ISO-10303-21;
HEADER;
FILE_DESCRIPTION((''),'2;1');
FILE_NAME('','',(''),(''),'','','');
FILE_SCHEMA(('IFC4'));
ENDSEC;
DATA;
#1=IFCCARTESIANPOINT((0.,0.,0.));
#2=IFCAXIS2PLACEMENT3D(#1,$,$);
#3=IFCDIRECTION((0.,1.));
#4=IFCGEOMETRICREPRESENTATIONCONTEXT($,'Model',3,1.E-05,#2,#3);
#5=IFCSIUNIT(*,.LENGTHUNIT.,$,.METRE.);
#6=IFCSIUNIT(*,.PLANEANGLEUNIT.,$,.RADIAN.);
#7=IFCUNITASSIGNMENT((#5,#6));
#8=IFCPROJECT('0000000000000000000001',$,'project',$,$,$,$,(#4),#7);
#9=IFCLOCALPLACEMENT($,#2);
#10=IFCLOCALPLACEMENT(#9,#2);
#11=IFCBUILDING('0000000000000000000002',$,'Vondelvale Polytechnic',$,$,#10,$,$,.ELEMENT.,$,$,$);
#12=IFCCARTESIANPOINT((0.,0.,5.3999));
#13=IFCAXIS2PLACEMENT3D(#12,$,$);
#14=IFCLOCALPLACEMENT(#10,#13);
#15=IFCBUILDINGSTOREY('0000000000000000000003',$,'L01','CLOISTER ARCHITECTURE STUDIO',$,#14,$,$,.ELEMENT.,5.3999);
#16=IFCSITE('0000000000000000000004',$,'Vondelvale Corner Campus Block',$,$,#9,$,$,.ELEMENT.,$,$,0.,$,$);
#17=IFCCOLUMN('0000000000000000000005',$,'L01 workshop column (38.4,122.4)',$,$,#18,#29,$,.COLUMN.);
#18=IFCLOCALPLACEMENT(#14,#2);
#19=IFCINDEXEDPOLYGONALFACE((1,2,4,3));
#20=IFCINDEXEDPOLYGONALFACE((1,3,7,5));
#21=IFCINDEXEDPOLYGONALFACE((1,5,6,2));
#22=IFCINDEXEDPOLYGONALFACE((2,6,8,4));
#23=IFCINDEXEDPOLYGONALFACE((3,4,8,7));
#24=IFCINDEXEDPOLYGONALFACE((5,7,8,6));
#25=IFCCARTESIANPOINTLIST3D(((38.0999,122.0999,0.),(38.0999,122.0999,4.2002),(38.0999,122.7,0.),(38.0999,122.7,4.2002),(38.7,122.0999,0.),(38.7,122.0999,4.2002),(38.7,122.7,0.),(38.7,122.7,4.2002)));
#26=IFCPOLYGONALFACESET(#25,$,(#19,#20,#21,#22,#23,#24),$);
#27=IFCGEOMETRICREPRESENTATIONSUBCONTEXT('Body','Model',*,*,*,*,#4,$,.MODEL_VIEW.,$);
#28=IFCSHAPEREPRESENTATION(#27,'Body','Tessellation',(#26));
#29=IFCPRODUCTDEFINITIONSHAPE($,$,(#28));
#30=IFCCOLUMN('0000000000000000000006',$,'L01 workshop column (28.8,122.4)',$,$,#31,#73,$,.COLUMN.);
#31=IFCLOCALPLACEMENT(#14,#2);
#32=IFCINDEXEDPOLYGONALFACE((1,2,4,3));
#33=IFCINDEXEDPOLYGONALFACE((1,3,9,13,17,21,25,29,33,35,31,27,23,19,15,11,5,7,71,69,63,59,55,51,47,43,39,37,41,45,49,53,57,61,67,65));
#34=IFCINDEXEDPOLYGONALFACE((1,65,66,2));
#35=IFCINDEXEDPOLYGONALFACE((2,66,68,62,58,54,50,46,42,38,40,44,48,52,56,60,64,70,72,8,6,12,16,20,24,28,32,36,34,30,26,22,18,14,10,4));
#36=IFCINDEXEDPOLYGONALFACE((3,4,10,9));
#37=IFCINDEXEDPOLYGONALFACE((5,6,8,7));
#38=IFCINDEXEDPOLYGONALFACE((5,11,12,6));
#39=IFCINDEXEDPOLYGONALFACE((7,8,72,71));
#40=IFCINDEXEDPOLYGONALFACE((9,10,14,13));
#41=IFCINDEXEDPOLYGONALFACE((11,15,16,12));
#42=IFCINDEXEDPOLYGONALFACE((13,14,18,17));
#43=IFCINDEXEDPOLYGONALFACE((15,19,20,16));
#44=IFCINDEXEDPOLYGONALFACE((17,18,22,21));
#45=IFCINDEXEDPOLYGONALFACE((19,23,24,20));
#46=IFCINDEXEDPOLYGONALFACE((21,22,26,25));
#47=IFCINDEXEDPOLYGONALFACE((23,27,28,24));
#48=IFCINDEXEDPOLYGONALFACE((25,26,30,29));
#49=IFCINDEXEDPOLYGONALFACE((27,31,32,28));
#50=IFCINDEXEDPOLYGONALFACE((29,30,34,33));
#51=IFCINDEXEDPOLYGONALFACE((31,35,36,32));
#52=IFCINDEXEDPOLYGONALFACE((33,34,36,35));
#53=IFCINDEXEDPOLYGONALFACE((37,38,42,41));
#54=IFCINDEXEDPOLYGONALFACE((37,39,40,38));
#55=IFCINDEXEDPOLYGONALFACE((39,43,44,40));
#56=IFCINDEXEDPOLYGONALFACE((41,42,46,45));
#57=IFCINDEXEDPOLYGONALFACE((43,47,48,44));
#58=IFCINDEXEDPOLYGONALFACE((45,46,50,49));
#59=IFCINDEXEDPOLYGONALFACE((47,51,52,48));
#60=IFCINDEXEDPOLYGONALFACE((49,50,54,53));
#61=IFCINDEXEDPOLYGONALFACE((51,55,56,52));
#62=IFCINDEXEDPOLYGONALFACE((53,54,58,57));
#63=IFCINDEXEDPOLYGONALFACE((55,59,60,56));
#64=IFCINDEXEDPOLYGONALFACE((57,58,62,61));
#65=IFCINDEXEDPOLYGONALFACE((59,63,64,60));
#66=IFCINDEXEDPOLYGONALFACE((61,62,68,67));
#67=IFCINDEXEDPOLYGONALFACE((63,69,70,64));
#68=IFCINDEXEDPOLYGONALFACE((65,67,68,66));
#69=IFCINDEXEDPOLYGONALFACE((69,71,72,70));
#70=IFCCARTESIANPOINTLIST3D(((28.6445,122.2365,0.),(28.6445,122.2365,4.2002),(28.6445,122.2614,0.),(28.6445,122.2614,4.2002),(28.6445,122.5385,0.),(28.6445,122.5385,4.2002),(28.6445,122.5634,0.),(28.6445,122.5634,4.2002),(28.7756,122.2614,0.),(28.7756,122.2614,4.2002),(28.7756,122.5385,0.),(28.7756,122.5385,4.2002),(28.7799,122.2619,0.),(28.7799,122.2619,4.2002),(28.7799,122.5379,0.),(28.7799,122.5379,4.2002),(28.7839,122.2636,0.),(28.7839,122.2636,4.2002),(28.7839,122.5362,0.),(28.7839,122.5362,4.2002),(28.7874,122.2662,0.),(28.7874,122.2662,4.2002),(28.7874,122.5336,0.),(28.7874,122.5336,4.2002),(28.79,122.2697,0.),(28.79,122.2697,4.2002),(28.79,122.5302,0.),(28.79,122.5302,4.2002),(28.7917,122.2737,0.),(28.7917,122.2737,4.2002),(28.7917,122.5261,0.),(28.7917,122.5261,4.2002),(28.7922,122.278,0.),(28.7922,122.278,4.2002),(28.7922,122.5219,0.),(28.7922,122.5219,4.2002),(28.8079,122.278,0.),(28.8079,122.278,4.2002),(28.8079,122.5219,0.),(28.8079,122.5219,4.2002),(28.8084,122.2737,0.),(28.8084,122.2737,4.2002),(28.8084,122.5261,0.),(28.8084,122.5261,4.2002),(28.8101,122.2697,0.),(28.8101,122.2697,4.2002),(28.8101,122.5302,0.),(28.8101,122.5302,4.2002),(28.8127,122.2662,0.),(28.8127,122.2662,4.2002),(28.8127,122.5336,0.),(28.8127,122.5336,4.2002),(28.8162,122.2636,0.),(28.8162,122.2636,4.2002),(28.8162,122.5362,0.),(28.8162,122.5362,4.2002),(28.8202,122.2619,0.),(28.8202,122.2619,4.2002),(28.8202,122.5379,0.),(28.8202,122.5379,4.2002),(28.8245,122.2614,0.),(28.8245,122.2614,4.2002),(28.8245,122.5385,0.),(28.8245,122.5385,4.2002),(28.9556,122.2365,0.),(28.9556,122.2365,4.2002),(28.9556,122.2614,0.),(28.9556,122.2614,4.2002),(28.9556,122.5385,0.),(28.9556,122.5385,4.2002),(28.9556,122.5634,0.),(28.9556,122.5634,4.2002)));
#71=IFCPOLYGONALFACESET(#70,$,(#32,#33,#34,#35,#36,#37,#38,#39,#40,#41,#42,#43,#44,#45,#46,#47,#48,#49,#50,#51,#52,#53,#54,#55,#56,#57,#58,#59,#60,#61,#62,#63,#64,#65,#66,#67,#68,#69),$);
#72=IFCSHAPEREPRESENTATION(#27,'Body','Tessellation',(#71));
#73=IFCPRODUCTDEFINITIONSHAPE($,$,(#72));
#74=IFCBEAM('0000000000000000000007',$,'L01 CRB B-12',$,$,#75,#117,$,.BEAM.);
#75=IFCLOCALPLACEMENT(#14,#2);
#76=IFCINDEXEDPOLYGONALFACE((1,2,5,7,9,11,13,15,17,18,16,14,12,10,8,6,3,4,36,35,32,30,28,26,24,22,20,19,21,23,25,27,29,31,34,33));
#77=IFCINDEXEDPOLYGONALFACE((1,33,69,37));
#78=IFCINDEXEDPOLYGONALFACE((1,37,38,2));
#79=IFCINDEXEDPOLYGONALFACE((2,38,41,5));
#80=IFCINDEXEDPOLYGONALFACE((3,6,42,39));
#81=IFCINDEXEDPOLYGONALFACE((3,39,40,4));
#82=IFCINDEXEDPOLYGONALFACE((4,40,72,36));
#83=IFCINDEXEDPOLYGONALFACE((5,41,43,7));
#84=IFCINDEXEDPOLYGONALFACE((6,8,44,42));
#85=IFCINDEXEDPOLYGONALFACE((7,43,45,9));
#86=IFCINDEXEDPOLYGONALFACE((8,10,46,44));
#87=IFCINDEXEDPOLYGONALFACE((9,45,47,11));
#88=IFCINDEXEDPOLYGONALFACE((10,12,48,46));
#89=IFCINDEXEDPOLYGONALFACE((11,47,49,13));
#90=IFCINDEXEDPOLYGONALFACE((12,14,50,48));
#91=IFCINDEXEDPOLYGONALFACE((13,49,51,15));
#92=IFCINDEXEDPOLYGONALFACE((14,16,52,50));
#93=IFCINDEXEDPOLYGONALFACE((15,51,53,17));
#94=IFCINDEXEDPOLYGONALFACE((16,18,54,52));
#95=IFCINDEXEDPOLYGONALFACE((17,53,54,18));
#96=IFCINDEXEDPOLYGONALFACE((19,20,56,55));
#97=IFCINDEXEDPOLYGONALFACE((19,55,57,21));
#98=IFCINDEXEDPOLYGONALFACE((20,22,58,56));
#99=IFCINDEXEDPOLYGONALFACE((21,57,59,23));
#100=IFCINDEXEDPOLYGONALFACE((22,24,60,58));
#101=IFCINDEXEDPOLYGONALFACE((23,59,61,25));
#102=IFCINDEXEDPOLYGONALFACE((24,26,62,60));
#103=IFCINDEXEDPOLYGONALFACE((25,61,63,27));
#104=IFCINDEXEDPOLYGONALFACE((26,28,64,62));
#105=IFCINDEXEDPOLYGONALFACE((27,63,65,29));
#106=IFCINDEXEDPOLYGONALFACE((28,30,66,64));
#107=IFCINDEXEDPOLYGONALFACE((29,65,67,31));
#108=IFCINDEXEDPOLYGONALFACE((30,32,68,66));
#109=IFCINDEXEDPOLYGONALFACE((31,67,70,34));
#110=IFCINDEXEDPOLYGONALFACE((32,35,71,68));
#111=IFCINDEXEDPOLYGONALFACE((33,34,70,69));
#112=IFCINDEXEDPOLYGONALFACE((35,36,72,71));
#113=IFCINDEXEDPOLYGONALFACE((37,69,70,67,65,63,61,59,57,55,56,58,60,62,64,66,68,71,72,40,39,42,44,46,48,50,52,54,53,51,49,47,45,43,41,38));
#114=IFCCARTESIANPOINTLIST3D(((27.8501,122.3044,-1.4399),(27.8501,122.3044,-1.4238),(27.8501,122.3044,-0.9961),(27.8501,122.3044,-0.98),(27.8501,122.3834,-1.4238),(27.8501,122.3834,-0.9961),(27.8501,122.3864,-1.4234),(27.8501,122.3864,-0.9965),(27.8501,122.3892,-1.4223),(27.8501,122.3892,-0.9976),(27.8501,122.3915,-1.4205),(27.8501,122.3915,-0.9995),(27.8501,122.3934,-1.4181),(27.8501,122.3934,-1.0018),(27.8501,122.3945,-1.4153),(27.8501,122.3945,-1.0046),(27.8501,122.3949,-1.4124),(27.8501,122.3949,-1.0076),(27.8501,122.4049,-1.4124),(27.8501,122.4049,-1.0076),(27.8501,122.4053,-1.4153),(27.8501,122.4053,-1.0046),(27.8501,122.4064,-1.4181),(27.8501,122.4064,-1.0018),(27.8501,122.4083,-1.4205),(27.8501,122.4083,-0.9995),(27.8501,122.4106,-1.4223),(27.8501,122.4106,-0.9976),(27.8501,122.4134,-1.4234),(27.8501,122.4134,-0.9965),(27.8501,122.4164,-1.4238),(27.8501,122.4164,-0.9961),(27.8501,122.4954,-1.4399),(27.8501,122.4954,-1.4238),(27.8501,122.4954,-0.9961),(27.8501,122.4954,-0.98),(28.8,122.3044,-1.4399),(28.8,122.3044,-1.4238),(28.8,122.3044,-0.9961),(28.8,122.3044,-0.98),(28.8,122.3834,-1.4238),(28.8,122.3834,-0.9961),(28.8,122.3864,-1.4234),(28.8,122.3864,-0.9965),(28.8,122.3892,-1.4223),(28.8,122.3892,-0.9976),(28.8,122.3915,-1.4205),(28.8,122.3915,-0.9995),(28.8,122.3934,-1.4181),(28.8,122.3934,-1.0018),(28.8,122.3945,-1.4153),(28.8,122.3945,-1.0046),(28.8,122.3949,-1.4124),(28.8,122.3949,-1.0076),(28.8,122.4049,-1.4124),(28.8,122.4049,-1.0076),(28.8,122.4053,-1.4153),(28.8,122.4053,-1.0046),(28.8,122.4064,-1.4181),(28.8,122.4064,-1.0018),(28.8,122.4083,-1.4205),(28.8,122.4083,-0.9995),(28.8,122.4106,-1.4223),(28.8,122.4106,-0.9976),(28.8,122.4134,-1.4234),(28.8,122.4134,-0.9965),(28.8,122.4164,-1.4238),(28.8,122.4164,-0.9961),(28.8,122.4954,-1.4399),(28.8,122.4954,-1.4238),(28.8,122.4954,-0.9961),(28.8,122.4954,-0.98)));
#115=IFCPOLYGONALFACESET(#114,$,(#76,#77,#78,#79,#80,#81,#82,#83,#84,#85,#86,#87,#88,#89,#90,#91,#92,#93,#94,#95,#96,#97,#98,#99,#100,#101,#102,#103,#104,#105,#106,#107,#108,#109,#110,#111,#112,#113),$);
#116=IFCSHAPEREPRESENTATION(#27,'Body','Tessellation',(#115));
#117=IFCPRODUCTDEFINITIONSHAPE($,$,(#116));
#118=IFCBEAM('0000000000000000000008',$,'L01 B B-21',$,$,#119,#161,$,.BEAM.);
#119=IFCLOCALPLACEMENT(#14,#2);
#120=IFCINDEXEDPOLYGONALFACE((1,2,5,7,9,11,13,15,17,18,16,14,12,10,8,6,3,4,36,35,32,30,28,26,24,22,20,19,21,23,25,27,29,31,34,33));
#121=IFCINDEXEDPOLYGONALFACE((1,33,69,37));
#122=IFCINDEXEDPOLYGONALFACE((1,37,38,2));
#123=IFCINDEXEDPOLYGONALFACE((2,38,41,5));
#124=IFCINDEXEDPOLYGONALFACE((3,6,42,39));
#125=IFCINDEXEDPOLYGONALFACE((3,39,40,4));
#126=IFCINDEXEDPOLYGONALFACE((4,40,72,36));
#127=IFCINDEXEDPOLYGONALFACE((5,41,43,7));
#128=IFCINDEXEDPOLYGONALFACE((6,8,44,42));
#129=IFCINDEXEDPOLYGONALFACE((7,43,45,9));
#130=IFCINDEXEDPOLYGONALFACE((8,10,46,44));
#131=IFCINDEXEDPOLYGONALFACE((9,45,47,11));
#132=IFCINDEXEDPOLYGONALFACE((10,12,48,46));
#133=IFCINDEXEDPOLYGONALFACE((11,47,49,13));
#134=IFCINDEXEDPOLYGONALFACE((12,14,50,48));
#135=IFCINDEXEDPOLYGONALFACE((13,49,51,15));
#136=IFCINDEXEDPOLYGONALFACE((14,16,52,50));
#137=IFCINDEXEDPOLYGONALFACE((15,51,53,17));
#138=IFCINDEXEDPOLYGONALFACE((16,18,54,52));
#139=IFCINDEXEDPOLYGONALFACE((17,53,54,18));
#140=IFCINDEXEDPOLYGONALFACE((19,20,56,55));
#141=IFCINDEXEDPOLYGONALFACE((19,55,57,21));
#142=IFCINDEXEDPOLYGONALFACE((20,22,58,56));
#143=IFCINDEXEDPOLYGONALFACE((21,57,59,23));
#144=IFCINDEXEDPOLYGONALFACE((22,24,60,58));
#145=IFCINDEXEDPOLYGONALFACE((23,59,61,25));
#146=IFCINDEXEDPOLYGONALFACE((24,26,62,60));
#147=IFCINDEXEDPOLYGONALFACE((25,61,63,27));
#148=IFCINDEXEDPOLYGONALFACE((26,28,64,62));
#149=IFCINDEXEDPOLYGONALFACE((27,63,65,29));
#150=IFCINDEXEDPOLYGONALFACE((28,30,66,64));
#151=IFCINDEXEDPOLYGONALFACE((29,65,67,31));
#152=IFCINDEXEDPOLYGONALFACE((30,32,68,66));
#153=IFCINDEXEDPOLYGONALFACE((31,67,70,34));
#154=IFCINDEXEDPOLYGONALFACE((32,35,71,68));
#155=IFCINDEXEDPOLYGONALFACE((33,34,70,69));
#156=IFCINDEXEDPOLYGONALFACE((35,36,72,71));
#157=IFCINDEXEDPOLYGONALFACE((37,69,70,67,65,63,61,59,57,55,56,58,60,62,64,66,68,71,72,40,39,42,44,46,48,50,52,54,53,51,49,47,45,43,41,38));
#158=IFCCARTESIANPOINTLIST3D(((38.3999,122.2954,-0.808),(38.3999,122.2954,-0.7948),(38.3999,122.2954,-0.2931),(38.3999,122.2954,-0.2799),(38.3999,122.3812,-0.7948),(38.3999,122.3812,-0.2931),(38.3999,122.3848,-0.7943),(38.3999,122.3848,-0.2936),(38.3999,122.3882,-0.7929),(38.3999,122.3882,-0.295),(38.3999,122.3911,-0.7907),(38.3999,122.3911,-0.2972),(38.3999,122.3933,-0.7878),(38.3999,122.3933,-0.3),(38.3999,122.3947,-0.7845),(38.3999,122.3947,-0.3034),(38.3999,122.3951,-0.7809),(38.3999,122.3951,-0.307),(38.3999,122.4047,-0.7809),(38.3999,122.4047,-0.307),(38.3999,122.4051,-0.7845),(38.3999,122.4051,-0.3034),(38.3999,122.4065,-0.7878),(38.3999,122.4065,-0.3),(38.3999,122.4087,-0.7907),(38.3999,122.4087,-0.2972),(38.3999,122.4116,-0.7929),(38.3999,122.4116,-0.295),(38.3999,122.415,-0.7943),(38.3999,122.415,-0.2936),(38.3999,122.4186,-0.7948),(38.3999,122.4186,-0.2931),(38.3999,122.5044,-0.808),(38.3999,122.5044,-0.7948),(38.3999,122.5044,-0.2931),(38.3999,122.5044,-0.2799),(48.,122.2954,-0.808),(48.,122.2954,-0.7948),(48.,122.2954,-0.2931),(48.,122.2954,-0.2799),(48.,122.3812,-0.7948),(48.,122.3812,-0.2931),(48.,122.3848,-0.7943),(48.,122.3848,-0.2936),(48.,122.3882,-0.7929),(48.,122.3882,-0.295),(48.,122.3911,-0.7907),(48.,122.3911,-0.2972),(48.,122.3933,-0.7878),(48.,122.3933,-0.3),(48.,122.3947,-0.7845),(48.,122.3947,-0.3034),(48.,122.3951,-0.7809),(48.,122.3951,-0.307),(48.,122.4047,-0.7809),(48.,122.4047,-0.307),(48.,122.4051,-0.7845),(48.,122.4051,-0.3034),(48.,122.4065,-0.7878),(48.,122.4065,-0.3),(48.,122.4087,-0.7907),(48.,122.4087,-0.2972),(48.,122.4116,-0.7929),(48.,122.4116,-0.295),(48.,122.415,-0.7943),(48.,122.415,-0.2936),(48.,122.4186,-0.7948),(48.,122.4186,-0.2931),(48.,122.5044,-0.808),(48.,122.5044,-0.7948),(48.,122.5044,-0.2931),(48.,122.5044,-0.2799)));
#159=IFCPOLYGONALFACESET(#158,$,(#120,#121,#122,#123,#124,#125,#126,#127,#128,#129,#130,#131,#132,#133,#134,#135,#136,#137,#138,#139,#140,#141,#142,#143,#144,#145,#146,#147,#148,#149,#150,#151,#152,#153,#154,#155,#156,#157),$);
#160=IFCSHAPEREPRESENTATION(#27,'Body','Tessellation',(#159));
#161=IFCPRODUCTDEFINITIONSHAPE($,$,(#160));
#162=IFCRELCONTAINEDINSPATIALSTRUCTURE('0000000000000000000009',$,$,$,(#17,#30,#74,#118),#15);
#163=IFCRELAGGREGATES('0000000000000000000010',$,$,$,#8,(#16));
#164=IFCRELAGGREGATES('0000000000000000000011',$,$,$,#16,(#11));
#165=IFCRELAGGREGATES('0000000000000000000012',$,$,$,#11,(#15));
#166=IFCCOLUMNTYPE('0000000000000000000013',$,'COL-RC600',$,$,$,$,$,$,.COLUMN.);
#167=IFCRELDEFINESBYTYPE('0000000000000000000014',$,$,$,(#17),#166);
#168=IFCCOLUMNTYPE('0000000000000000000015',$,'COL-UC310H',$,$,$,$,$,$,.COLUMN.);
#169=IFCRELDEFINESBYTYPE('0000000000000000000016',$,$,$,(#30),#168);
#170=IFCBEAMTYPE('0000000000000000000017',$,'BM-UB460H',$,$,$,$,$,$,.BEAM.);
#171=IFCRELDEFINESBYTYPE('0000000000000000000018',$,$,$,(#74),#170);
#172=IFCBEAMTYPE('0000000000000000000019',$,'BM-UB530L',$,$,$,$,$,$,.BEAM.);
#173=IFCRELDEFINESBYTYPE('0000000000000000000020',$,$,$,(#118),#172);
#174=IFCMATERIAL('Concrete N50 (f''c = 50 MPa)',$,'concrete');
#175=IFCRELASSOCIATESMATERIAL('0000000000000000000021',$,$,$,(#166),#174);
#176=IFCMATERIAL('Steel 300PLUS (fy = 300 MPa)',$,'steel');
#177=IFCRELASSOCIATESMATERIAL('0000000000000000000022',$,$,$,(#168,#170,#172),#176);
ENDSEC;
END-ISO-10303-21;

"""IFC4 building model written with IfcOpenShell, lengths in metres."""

from ifc_helpers import new_model, si_unit, direction, frame, origin, origin_2d, place, context, subcontext, project, spatial, rectangle, i_section, extrude, material, material_profile, profile_set, type_object, element, save


model = new_model("IFC4")

# Units and contexts
model_context = context("Model", 3, precision=1e-05, world=origin(), true_north=direction((0.0, 1.0)))
body_context = subcontext(model_context, "Body", "Model", "MODEL_VIEW")
ifc_project = project(units=[si_unit("LENGTHUNIT", "METRE"), si_unit("PLANEANGLEUNIT", "RADIAN")], contexts=[model_context])

# Site, building, storey
site_placement = place(None, origin())
site = spatial("IfcSite", under=ifc_project, at=site_placement, Name="Vondelvale Corner Campus Block", CompositionType="ELEMENT", RefElevation=0.0)
building_placement = place(site_placement, origin())
building = spatial("IfcBuilding", under=site, at=building_placement, Name="Vondelvale Polytechnic", CompositionType="ELEMENT")
storey_placement = place(building_placement, frame((0.0, 0.0, 5.3999)))
storey = spatial("IfcBuildingStorey", under=building, at=storey_placement, Name="L01", Description="CLOISTER ARCHITECTURE STUDIO", CompositionType="ELEMENT", Elevation=5.3999)

# Columns
ifc_material_1 = material(Name="Concrete N50 (f'c = 50 MPa)", Category="concrete")
ifc_material_profile_1 = material_profile(ifc_material_1, rectangle(XDim=0.6001, YDim=0.6001, at=origin_2d()), Name="RC-COL-600x600")
ifc_profile_set_1 = profile_set([ifc_material_profile_1], Name="Concrete N50 (f'c = 50 MPa)")
column_type_1 = type_object("IfcColumnType", Name="COL-RC600", PredefinedType="COLUMN", material=ifc_profile_set_1)
column_1_placement = place(storey_placement, frame((38.3999, 122.3999, 0.0), z_axis=(0.0, 0.0, 1.0), x_axis=(1.0, 0.0, 0.0)))
element("IfcColumn", 1, at=column_1_placement, inside=storey, type_object=column_type_1, Name="L01 workshop column (38.4,122.4)", PredefinedType="COLUMN", context=body_context, shape_type="SweptSolid", body=[
    extrude(rectangle(XDim=0.6001, YDim=0.6001, at=origin_2d()), origin(), (0.0, 0.0, 1.0), 4.2002),
])
ifc_material_2 = material(Name="Steel 300PLUS (fy = 300 MPa)", Category="steel")
ifc_material_profile_2 = material_profile(ifc_material_2, i_section(OverallWidth=0.311, OverallDepth=0.3269, WebThickness=0.0156, FlangeThickness=0.0249, FilletRadius=0.0166, at=origin_2d()), Name="310UC158")
ifc_profile_set_2 = profile_set([ifc_material_profile_2], Name="Steel 300PLUS (fy = 300 MPa)")
column_type_2 = type_object("IfcColumnType", Name="COL-UC310H", PredefinedType="COLUMN", material=ifc_profile_set_2)
column_2_placement = place(storey_placement, frame((28.8, 122.3999, 0.0), z_axis=(0.0, 0.0, 1.0), x_axis=(1.0, 0.0, 0.0)))
element("IfcColumn", 2, at=column_2_placement, inside=storey, type_object=column_type_2, Name="L01 workshop column (28.8,122.4)", PredefinedType="COLUMN", context=body_context, shape_type="SweptSolid", body=[
    extrude(i_section(OverallWidth=0.311, OverallDepth=0.3269, WebThickness=0.0156, FlangeThickness=0.0249, FilletRadius=0.0166, at=origin_2d()), origin(), (0.0, 0.0, 1.0), 4.2002),
])

# Beams
ifc_material_profile_3 = material_profile(ifc_material_2, i_section(OverallWidth=0.1909, OverallDepth=0.46, WebThickness=0.01, FlangeThickness=0.0161, FilletRadius=0.0115, at=origin_2d()), Name="460UB82.1")
ifc_profile_set_3 = profile_set([ifc_material_profile_3], Name="Steel 300PLUS (fy = 300 MPa)")
beam_type_1 = type_object("IfcBeamType", Name="BM-UB460H", PredefinedType="BEAM", material=ifc_profile_set_3)
beam_1_placement = place(storey_placement, frame((27.8501, 122.3999, -1.21), z_axis=(1.0, 0.0, 0.0), x_axis=(0.0, 1.0, 0.0)))
element("IfcBeam", 3, at=beam_1_placement, inside=storey, type_object=beam_type_1, Name="L01 CRB B-12", PredefinedType="BEAM", context=body_context, shape_type="SweptSolid", body=[
    extrude(i_section(OverallWidth=0.1909, OverallDepth=0.46, WebThickness=0.01, FlangeThickness=0.0161, FilletRadius=0.0115, at=origin_2d()), origin(), (0.0, 0.0, 1.0), 0.95),
])
ifc_material_profile_4 = material_profile(ifc_material_2, i_section(OverallWidth=0.209, OverallDepth=0.5281, WebThickness=0.0095, FlangeThickness=0.0132, FilletRadius=0.0139, at=origin_2d()), Name="530UB82.0")
ifc_profile_set_4 = profile_set([ifc_material_profile_4], Name="Steel 300PLUS (fy = 300 MPa)")
beam_type_2 = type_object("IfcBeamType", Name="BM-UB530L", PredefinedType="BEAM", material=ifc_profile_set_4)
beam_2_placement = place(storey_placement, frame((38.3999, 122.3999, -0.5439), z_axis=(1.0, 0.0, 0.0), x_axis=(0.0, 1.0, 0.0)))
element("IfcBeam", 4, at=beam_2_placement, inside=storey, type_object=beam_type_2, Name="L01 B B-21", PredefinedType="BEAM", context=body_context, shape_type="SweptSolid", body=[
    extrude(i_section(OverallWidth=0.209, OverallDepth=0.5281, WebThickness=0.0095, FlangeThickness=0.0132, FilletRadius=0.0139, at=origin_2d()), origin(), (0.0, 0.0, 1.0), 9.6001),
])

save(model, "model.ifc")
